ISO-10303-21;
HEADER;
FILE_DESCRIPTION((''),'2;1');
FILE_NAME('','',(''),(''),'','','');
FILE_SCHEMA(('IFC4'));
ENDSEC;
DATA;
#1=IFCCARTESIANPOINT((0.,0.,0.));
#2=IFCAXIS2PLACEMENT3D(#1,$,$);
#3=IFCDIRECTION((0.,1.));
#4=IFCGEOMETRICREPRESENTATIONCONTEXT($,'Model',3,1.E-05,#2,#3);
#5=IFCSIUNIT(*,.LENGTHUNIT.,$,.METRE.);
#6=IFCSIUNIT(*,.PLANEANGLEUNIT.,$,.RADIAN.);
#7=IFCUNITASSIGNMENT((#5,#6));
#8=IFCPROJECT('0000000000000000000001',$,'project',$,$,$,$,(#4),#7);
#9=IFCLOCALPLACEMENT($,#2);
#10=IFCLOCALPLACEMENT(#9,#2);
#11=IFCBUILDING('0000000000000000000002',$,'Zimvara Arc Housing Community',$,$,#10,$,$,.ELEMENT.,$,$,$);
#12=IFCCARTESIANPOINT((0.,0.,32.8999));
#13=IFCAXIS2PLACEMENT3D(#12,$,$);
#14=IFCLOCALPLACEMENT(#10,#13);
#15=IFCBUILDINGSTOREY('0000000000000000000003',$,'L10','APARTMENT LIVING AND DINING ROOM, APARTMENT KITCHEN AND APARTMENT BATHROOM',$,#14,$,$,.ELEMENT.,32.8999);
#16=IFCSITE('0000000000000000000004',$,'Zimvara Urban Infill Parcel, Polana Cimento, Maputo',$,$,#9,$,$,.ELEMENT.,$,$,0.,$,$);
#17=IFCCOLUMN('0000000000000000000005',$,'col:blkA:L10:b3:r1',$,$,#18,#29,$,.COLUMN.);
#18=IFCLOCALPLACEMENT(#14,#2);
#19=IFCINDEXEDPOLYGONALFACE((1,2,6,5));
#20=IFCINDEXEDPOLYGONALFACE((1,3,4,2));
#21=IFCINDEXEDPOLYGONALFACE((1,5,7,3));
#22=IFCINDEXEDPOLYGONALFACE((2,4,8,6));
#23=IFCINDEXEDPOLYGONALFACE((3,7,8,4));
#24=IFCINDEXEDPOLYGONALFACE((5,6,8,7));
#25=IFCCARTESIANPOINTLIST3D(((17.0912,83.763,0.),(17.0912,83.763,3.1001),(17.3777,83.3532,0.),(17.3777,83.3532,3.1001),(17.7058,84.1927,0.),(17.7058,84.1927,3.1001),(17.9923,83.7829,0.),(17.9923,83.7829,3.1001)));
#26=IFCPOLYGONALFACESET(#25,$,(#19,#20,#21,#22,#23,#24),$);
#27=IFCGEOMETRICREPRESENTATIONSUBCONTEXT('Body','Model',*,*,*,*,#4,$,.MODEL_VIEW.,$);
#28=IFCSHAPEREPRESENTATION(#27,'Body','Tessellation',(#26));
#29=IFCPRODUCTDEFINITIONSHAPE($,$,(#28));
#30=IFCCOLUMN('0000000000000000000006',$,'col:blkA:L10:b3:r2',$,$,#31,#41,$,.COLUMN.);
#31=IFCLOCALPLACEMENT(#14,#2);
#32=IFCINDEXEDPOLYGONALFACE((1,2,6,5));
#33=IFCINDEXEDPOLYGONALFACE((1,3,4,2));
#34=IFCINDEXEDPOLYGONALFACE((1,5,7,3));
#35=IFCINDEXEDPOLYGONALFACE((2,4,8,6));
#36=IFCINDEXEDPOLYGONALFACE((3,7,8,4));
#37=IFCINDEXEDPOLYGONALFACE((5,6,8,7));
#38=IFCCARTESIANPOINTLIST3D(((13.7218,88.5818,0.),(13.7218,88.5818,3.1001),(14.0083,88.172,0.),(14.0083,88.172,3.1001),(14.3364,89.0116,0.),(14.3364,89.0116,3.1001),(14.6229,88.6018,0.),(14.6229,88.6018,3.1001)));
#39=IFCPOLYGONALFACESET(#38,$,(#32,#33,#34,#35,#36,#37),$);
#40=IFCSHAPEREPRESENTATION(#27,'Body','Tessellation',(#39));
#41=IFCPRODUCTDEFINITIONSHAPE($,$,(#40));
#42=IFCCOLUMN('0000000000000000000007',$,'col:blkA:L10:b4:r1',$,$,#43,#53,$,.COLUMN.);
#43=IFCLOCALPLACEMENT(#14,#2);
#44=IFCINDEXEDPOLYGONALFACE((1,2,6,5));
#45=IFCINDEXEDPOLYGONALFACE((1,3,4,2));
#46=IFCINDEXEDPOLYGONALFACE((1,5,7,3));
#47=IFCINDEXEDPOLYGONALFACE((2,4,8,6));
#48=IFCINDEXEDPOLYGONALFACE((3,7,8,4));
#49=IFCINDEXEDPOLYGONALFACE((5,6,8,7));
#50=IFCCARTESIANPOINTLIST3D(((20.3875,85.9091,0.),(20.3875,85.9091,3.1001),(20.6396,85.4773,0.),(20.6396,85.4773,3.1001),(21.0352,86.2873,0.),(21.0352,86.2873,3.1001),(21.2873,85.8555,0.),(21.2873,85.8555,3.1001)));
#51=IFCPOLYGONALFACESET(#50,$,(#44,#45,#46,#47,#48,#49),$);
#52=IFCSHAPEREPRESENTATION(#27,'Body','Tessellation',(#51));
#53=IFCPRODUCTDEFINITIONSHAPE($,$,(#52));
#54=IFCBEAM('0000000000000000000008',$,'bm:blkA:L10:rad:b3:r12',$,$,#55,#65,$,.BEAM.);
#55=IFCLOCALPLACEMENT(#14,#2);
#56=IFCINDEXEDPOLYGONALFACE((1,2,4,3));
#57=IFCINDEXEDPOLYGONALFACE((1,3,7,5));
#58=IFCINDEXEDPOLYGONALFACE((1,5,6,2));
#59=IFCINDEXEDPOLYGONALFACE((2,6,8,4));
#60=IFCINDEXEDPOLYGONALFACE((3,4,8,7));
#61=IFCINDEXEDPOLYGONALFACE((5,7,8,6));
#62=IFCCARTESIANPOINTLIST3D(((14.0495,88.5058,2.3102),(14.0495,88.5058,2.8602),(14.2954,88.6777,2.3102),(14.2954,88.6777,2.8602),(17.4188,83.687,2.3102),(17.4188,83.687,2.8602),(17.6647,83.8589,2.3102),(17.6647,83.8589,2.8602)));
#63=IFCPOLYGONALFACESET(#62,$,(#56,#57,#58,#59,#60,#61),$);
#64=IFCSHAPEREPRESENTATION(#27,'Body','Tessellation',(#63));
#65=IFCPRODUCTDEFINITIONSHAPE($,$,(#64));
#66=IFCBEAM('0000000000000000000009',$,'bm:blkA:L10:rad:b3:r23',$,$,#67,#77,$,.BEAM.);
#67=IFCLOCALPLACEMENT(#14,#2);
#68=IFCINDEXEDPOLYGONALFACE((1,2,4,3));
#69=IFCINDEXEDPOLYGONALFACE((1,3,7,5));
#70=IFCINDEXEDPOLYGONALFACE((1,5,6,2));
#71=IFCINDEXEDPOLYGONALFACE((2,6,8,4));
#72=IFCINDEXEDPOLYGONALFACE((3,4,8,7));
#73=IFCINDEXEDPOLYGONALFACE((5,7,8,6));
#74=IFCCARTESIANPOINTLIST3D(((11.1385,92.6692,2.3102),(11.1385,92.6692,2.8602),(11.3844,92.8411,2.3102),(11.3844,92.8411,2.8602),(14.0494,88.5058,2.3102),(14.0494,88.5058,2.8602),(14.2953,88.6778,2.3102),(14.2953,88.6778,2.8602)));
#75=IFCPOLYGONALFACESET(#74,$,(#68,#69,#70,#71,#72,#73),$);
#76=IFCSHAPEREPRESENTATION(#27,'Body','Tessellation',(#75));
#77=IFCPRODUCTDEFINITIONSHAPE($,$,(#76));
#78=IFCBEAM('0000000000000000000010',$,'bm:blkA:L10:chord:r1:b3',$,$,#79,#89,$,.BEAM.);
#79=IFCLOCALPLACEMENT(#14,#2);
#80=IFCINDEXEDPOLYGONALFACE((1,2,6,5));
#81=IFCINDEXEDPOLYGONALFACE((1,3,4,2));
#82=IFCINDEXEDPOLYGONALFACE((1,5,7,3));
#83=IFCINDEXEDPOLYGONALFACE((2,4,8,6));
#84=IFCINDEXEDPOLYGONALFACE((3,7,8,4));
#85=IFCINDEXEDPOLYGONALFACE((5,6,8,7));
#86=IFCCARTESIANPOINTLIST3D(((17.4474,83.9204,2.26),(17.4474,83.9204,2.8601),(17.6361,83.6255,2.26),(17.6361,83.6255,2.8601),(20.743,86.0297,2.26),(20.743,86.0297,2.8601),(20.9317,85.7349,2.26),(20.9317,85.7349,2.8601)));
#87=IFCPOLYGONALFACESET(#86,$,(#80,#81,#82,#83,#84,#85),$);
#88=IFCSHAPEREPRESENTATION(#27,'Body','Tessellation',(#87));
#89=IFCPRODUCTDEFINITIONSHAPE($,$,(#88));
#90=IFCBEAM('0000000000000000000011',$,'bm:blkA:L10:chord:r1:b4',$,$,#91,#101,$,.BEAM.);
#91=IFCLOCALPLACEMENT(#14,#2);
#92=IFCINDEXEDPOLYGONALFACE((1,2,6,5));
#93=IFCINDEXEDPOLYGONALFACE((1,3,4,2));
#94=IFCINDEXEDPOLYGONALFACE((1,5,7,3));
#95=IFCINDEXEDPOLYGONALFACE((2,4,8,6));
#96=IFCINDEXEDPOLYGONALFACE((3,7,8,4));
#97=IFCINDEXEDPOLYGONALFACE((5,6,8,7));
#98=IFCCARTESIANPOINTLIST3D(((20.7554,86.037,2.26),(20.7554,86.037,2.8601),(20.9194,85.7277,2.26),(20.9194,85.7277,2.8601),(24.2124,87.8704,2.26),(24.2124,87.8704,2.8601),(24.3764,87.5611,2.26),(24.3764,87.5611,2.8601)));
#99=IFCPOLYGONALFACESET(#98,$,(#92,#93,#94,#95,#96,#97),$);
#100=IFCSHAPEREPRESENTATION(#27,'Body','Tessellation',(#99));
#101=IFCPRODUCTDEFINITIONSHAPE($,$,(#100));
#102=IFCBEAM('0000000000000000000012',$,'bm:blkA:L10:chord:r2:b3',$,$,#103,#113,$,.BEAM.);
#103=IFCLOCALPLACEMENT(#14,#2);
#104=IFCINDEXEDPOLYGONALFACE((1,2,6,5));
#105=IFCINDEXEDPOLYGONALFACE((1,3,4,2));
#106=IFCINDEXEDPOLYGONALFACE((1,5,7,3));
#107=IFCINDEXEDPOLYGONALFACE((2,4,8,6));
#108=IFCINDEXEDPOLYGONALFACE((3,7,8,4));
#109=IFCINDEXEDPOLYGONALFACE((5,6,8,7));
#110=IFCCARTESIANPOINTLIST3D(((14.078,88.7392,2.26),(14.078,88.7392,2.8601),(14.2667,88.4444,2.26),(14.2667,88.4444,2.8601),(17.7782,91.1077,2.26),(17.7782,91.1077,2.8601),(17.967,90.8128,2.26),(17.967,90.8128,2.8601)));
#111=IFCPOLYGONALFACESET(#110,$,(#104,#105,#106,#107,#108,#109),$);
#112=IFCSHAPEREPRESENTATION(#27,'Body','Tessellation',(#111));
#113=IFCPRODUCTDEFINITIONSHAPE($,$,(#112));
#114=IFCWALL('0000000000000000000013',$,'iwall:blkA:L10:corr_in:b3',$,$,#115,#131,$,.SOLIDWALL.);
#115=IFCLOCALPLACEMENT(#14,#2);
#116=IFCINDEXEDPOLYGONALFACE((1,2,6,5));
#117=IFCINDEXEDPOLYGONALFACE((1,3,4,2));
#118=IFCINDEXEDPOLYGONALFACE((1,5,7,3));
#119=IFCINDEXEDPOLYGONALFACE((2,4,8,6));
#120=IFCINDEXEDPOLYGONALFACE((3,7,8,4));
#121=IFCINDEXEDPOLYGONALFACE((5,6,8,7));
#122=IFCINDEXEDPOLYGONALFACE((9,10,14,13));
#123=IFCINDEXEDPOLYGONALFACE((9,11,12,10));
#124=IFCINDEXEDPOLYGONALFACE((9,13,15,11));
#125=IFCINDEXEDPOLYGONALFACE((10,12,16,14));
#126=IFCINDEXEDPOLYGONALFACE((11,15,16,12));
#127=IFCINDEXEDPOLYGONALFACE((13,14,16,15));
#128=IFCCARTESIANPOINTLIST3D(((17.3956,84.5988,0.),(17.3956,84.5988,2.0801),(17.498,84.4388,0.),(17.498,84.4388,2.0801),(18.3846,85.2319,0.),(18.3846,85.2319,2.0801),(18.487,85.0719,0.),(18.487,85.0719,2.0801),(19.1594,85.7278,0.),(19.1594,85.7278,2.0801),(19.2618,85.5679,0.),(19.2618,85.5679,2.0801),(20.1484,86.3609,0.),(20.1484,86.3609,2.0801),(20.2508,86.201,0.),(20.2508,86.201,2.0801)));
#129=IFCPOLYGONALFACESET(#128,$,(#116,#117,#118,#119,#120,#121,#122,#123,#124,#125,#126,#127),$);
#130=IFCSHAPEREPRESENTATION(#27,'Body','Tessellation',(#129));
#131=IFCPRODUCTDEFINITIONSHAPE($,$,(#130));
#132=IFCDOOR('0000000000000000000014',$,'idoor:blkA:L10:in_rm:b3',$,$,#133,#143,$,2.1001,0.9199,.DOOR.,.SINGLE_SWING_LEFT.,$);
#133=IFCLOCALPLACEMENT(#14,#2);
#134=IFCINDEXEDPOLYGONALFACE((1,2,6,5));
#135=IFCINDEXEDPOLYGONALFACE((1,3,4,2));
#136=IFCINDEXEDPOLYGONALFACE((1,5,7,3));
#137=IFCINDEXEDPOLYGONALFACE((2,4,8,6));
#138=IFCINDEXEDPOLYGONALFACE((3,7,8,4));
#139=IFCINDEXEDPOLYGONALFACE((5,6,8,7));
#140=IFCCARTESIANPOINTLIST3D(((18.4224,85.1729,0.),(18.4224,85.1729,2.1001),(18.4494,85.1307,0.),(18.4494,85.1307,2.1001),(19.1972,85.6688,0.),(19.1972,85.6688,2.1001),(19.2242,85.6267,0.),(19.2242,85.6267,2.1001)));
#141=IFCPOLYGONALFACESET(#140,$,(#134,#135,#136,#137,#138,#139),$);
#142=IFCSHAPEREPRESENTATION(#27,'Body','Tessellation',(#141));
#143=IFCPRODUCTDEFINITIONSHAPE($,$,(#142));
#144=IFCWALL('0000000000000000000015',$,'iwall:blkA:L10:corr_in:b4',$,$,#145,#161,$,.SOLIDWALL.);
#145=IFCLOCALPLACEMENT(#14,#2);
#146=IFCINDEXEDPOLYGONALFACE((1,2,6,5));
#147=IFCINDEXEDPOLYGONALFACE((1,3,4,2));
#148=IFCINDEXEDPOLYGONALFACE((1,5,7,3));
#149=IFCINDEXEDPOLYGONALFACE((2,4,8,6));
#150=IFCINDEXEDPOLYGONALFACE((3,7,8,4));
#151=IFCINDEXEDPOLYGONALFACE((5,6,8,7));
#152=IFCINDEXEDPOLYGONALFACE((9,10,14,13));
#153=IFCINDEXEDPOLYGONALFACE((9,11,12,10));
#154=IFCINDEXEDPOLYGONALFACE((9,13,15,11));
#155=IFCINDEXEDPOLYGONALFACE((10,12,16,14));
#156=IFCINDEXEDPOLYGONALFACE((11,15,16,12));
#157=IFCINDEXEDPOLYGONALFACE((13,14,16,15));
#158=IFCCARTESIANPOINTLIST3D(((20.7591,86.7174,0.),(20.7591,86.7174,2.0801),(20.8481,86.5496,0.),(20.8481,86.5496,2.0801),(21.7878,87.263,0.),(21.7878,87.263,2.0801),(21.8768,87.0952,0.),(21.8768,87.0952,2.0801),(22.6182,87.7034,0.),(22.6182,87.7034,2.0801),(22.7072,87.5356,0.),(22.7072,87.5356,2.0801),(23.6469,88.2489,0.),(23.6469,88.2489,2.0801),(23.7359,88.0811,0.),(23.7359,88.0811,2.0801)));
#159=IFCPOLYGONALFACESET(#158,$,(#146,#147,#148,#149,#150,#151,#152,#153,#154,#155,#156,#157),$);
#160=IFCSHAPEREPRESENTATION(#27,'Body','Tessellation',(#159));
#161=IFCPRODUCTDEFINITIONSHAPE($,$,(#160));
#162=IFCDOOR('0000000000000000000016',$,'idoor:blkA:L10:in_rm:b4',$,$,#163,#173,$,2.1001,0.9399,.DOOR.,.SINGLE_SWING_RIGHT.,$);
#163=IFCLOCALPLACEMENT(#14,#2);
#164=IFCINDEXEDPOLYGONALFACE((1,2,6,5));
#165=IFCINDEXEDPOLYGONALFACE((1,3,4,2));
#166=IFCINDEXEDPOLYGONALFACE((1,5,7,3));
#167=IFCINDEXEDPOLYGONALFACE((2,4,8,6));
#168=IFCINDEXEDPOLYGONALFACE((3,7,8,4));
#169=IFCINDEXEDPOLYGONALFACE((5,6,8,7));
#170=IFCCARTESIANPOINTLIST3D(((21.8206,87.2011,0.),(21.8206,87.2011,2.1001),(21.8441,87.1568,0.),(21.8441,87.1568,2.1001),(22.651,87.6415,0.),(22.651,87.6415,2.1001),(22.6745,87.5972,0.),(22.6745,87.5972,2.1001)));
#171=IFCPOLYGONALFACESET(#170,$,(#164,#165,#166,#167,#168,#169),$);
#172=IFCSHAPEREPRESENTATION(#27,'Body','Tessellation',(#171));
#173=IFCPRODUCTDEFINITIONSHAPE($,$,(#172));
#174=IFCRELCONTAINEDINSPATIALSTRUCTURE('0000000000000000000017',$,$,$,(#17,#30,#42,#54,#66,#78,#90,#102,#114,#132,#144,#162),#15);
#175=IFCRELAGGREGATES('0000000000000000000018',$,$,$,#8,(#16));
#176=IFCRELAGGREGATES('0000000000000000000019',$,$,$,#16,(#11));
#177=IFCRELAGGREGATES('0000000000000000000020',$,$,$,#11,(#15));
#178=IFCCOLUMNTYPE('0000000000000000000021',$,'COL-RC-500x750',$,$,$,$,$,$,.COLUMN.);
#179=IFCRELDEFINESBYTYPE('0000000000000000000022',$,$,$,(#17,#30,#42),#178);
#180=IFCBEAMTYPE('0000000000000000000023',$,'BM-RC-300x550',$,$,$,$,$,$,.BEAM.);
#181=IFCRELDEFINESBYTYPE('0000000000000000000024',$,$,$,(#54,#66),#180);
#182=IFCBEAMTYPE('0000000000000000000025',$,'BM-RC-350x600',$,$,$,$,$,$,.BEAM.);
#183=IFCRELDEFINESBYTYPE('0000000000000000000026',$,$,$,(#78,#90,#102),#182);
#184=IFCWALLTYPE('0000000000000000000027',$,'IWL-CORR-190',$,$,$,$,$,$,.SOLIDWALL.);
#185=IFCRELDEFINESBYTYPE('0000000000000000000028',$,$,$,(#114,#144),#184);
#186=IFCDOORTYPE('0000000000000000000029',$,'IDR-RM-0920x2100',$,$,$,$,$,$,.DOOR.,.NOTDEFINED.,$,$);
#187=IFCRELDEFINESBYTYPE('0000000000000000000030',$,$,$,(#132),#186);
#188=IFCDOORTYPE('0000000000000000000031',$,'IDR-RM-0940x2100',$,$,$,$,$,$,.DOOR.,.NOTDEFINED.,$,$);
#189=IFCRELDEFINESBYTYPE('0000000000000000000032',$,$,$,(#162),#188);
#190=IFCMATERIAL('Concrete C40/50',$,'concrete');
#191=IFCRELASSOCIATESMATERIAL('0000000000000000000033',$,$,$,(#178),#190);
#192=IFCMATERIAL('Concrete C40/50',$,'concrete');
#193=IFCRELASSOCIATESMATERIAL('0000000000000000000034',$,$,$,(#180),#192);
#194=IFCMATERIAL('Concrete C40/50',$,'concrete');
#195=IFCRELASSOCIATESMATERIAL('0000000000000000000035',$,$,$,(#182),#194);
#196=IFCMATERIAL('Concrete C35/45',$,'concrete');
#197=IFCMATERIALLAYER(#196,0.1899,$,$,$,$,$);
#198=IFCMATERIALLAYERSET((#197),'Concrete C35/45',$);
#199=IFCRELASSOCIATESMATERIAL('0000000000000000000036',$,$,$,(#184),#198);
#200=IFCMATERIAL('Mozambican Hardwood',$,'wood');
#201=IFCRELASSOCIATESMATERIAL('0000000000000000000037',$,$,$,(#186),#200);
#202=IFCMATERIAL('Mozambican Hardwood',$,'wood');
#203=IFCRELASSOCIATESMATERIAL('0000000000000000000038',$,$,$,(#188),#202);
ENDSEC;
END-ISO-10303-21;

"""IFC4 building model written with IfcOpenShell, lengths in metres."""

from ifc_helpers import new_model, si_unit, direction, frame, frame_2d, origin, origin_2d, place, context, subcontext, project, spatial, rectangle, extrude, material, layer, layer_set, material_profile, profile_set, type_object, element, fill, save


model = new_model("IFC4")

# Units and contexts
model_context = context("Model", 3, precision=1e-05, world=origin(), true_north=direction((0.0, 1.0)))
body_context = subcontext(model_context, "Body", "Model", "MODEL_VIEW")
ifc_project = project(units=[si_unit("LENGTHUNIT", "METRE"), si_unit("PLANEANGLEUNIT", "RADIAN")], contexts=[model_context])

# Site, building, storey
site_placement = place(None, origin())
site = spatial("IfcSite", under=ifc_project, at=site_placement, Name="Zimvara Urban Infill Parcel, Polana Cimento, Maputo", CompositionType="ELEMENT", RefElevation=0.0)
building_placement = place(site_placement, origin())
building = spatial("IfcBuilding", under=site, at=building_placement, Name="Zimvara Arc Housing Community", CompositionType="ELEMENT")
storey_placement = place(building_placement, frame((0.0, 0.0, 32.8999)))
storey = spatial("IfcBuildingStorey", under=building, at=storey_placement, Name="L10", Description="APARTMENT LIVING AND DINING ROOM, APARTMENT KITCHEN AND APARTMENT BATHROOM", CompositionType="ELEMENT", Elevation=32.8999)

# Columns
ifc_material_1 = material(Name="Concrete C40/50", Category="concrete")
ifc_material_profile_1 = material_profile(ifc_material_1, rectangle(XDim=0.5, YDim=0.75, at=origin_2d()), Name="RC 500x750")
ifc_profile_set_1 = profile_set([ifc_material_profile_1], Name="Concrete C40/50")
column_type = type_object("IfcColumnType", Name="COL-RC-500x750", PredefinedType="COLUMN", material=ifc_profile_set_1)
for number, where, z_axis, x_axis, name in (
    (1, (17.5417, 83.7729, 0.0), (0.0, 0.0, 1.0), (-0.573004, 0.819552, 0.0), "col:blkA:L10:b3:r1"),
    (2, (14.1724, 88.5918, 0.0), (0.0, 0.0, 1.0), (-0.573004, 0.819552, 0.0), "col:blkA:L10:b3:r2"),
    (3, (20.8374, 85.8823, 0.0), (0.0, 0.0, 1.0), (-0.504226, 0.863572, 0.0), "col:blkA:L10:b4:r1"),
):
    element("IfcColumn", number, at=place(storey_placement, frame(where, z_axis=z_axis, x_axis=x_axis)), inside=storey, type_object=column_type, Name=name, PredefinedType="COLUMN", context=body_context, shape_type="SweptSolid", body=[
        extrude(rectangle(XDim=0.5, YDim=0.75, at=origin_2d()), origin(), (0.0, 0.0, 1.0), 3.1001),
    ])

# Beams
ifc_material_2 = material(Name="Concrete C40/50", Category="concrete")
ifc_material_profile_2 = material_profile(ifc_material_2, rectangle(XDim=0.3, YDim=0.55, at=origin_2d()), Name="RC 300x550")
ifc_profile_set_2 = profile_set([ifc_material_profile_2], Name="Concrete C40/50")
beam_type_1 = type_object("IfcBeamType", Name="BM-RC-300x550", PredefinedType="BEAM", material=ifc_profile_set_2)
beam_1_placement = place(storey_placement, frame((17.5417, 83.7729, 2.5852), z_axis=(-0.573028, 0.819536, 0.0), x_axis=(-0.819536, -0.573028, 0.0)))
element("IfcBeam", 4, at=beam_1_placement, inside=storey, type_object=beam_type_1, Name="bm:blkA:L10:rad:b3:r12", PredefinedType="BEAM", context=body_context, shape_type="SweptSolid", body=[
    extrude(rectangle(XDim=0.3, YDim=0.55, at=origin_2d()), origin(), (0.0, 0.0, 1.0), 5.8799),
])
beam_2_placement = place(storey_placement, frame((14.1724, 88.5918, 2.5852), z_axis=(-0.573007, 0.81955, 0.0), x_axis=(-0.81955, -0.573007, 0.0)))
element("IfcBeam", 5, at=beam_2_placement, inside=storey, type_object=beam_type_1, Name="bm:blkA:L10:rad:b3:r23", PredefinedType="BEAM", context=body_context, shape_type="SweptSolid", body=[
    extrude(rectangle(XDim=0.3, YDim=0.55, at=origin_2d()), origin(), (0.0, 0.0, 1.0), 5.0801),
])
ifc_material_3 = material(Name="Concrete C40/50", Category="concrete")
ifc_material_profile_3 = material_profile(ifc_material_3, rectangle(XDim=0.3501, YDim=0.6001, at=origin_2d()), Name="RC 350x600")
ifc_profile_set_3 = profile_set([ifc_material_profile_3], Name="Concrete C40/50")
beam_type_2 = type_object("IfcBeamType", Name="BM-RC-350x600", PredefinedType="BEAM", material=ifc_profile_set_3)
beam_3_placement = place(storey_placement, frame((17.5417, 83.7729, 2.5601), z_axis=(0.842253, 0.539082, 0.0), x_axis=(-0.539082, 0.842253, 0.0)))
element("IfcBeam", 6, at=beam_3_placement, inside=storey, type_object=beam_type_2, Name="bm:blkA:L10:chord:r1:b3", PredefinedType="BEAM", context=body_context, shape_type="SweptSolid", body=[
    extrude(rectangle(XDim=0.3501, YDim=0.6001, at=origin_2d()), origin(), (0.0, 0.0, 1.0), 3.9128),
])
beam_4_placement = place(storey_placement, frame((20.8374, 85.8823, 2.5601), z_axis=(0.883439, 0.468547, 0.0), x_axis=(-0.468547, 0.883439, 0.0)))
element("IfcBeam", 7, at=beam_4_placement, inside=storey, type_object=beam_type_2, Name="bm:blkA:L10:chord:r1:b4", PredefinedType="BEAM", context=body_context, shape_type="SweptSolid", body=[
    extrude(rectangle(XDim=0.3501, YDim=0.6001, at=origin_2d()), origin(), (0.0, 0.0, 1.0), 3.9131),
])
beam_5_placement = place(storey_placement, frame((14.1724, 88.5918, 2.5601), z_axis=(0.842242, 0.539099, 0.0), x_axis=(-0.539099, 0.842242, 0.0)))
element("IfcBeam", 8, at=beam_5_placement, inside=storey, type_object=beam_type_2, Name="bm:blkA:L10:chord:r2:b3", PredefinedType="BEAM", context=body_context, shape_type="SweptSolid", body=[
    extrude(rectangle(XDim=0.3501, YDim=0.6001, at=origin_2d()), origin(), (0.0, 0.0, 1.0), 4.3933),
])

# Walls, openings, doors
ifc_material_4 = material(Name="Concrete C35/45", Category="concrete")
ifc_layer_1 = layer(ifc_material_4, 0.1899)
ifc_layer_set_1 = layer_set([ifc_layer_1], Name="Concrete C35/45")
wall_type_1 = type_object("IfcWallType", Name="IWL-CORR-190", PredefinedType="SOLIDWALL", material=ifc_layer_set_1)
wall_1_placement = place(storey_placement, frame((17.4468, 84.5188, 0.0), z_axis=(0.0, 0.0, 1.0), x_axis=(0.842225, 0.539126, 0.0)))
wall_1 = element("IfcWall", 9, at=wall_1_placement, inside=storey, type_object=wall_type_1, Name="iwall:blkA:L10:corr_in:b3", PredefinedType="SOLIDWALL", context=body_context, shape_type="SweptSolid", body=[
    extrude(rectangle(XDim=3.2686, YDim=0.1899, at=frame_2d((1.6343, 0.0))), origin(), (0.0, 0.0, 1.0), 2.0801),
])
opening_1_placement = place(wall_1_placement, frame((1.1743, 0.0, 0.0)))
opening_1 = element("IfcOpeningElement", 10, at=opening_1_placement, cuts=wall_1, PredefinedType="OPENING", context=body_context, shape_type="SweptSolid", body=[
    extrude(rectangle(XDim=0.9199, YDim=2.1001, at=frame_2d((0.46, 1.05))), frame((0.0, 0.105, 0.0), z_axis=(0.0, -1.0, 0.0), x_axis=(1.0, 0.0, 0.0)), (0.0, 0.0, 1.0), 0.21),
])
ifc_material_5 = material(Name="Mozambican Hardwood", Category="wood")
door_type_1 = type_object("IfcDoorType", Name="IDR-RM-0920x2100", OperationType="NOTDEFINED", PredefinedType="DOOR", material=ifc_material_5)
door_1_placement = place(opening_1_placement, origin())
door_1 = element("IfcDoor", 11, at=door_1_placement, inside=storey, type_object=door_type_1, Name="idoor:blkA:L10:in_rm:b3", OperationType="SINGLE_SWING_LEFT", OverallHeight=2.1001, OverallWidth=0.9199, PredefinedType="DOOR", context=body_context, shape_type="SweptSolid", body=[
    extrude(rectangle(XDim=0.9199, YDim=2.1001, at=frame_2d((0.46, 1.05))), frame((0.0, 0.0249, 0.0), z_axis=(0.0, -1.0, 0.0), x_axis=(1.0, 0.0, 0.0)), (0.0, 0.0, 1.0), 0.05),
])
fill(opening_1, door_1)
wall_2_placement = place(storey_placement, frame((20.8037, 86.6335, 0.0), z_axis=(0.0, 0.0, 1.0), x_axis=(0.883444, 0.468536, 0.0)))
wall_2 = element("IfcWall", 12, at=wall_2_placement, inside=storey, type_object=wall_type_1, Name="iwall:blkA:L10:corr_in:b4", PredefinedType="SOLIDWALL", context=body_context, shape_type="SweptSolid", body=[
    extrude(rectangle(XDim=3.2688, YDim=0.1899, at=frame_2d((1.6343, 0.0))), origin(), (0.0, 0.0, 1.0), 2.0801),
])
opening_2_placement = place(wall_2_placement, frame((1.1643, 0.0, 0.0)))
opening_2 = element("IfcOpeningElement", 13, at=opening_2_placement, cuts=wall_2, PredefinedType="OPENING", context=body_context, shape_type="SweptSolid", body=[
    extrude(rectangle(XDim=0.9399, YDim=2.1001, at=frame_2d((0.47, 1.05))), frame((0.0, 0.105, 0.0), z_axis=(0.0, -1.0, 0.0), x_axis=(1.0, 0.0, 0.0)), (0.0, 0.0, 1.0), 0.21),
])
ifc_material_6 = material(Name="Mozambican Hardwood", Category="wood")
door_type_2 = type_object("IfcDoorType", Name="IDR-RM-0940x2100", OperationType="NOTDEFINED", PredefinedType="DOOR", material=ifc_material_6)
door_2_placement = place(opening_2_placement, origin())
door_2 = element("IfcDoor", 14, at=door_2_placement, inside=storey, type_object=door_type_2, Name="idoor:blkA:L10:in_rm:b4", OperationType="SINGLE_SWING_RIGHT", OverallHeight=2.1001, OverallWidth=0.9399, PredefinedType="DOOR", context=body_context, shape_type="SweptSolid", body=[
    extrude(rectangle(XDim=0.9399, YDim=2.1001, at=frame_2d((0.47, 1.05))), frame((0.0, 0.0249, 0.0), z_axis=(0.0, -1.0, 0.0), x_axis=(1.0, 0.0, 0.0)), (0.0, 0.0, 1.0), 0.05),
])
fill(opening_2, door_2)

save(model, "model.ifc")
